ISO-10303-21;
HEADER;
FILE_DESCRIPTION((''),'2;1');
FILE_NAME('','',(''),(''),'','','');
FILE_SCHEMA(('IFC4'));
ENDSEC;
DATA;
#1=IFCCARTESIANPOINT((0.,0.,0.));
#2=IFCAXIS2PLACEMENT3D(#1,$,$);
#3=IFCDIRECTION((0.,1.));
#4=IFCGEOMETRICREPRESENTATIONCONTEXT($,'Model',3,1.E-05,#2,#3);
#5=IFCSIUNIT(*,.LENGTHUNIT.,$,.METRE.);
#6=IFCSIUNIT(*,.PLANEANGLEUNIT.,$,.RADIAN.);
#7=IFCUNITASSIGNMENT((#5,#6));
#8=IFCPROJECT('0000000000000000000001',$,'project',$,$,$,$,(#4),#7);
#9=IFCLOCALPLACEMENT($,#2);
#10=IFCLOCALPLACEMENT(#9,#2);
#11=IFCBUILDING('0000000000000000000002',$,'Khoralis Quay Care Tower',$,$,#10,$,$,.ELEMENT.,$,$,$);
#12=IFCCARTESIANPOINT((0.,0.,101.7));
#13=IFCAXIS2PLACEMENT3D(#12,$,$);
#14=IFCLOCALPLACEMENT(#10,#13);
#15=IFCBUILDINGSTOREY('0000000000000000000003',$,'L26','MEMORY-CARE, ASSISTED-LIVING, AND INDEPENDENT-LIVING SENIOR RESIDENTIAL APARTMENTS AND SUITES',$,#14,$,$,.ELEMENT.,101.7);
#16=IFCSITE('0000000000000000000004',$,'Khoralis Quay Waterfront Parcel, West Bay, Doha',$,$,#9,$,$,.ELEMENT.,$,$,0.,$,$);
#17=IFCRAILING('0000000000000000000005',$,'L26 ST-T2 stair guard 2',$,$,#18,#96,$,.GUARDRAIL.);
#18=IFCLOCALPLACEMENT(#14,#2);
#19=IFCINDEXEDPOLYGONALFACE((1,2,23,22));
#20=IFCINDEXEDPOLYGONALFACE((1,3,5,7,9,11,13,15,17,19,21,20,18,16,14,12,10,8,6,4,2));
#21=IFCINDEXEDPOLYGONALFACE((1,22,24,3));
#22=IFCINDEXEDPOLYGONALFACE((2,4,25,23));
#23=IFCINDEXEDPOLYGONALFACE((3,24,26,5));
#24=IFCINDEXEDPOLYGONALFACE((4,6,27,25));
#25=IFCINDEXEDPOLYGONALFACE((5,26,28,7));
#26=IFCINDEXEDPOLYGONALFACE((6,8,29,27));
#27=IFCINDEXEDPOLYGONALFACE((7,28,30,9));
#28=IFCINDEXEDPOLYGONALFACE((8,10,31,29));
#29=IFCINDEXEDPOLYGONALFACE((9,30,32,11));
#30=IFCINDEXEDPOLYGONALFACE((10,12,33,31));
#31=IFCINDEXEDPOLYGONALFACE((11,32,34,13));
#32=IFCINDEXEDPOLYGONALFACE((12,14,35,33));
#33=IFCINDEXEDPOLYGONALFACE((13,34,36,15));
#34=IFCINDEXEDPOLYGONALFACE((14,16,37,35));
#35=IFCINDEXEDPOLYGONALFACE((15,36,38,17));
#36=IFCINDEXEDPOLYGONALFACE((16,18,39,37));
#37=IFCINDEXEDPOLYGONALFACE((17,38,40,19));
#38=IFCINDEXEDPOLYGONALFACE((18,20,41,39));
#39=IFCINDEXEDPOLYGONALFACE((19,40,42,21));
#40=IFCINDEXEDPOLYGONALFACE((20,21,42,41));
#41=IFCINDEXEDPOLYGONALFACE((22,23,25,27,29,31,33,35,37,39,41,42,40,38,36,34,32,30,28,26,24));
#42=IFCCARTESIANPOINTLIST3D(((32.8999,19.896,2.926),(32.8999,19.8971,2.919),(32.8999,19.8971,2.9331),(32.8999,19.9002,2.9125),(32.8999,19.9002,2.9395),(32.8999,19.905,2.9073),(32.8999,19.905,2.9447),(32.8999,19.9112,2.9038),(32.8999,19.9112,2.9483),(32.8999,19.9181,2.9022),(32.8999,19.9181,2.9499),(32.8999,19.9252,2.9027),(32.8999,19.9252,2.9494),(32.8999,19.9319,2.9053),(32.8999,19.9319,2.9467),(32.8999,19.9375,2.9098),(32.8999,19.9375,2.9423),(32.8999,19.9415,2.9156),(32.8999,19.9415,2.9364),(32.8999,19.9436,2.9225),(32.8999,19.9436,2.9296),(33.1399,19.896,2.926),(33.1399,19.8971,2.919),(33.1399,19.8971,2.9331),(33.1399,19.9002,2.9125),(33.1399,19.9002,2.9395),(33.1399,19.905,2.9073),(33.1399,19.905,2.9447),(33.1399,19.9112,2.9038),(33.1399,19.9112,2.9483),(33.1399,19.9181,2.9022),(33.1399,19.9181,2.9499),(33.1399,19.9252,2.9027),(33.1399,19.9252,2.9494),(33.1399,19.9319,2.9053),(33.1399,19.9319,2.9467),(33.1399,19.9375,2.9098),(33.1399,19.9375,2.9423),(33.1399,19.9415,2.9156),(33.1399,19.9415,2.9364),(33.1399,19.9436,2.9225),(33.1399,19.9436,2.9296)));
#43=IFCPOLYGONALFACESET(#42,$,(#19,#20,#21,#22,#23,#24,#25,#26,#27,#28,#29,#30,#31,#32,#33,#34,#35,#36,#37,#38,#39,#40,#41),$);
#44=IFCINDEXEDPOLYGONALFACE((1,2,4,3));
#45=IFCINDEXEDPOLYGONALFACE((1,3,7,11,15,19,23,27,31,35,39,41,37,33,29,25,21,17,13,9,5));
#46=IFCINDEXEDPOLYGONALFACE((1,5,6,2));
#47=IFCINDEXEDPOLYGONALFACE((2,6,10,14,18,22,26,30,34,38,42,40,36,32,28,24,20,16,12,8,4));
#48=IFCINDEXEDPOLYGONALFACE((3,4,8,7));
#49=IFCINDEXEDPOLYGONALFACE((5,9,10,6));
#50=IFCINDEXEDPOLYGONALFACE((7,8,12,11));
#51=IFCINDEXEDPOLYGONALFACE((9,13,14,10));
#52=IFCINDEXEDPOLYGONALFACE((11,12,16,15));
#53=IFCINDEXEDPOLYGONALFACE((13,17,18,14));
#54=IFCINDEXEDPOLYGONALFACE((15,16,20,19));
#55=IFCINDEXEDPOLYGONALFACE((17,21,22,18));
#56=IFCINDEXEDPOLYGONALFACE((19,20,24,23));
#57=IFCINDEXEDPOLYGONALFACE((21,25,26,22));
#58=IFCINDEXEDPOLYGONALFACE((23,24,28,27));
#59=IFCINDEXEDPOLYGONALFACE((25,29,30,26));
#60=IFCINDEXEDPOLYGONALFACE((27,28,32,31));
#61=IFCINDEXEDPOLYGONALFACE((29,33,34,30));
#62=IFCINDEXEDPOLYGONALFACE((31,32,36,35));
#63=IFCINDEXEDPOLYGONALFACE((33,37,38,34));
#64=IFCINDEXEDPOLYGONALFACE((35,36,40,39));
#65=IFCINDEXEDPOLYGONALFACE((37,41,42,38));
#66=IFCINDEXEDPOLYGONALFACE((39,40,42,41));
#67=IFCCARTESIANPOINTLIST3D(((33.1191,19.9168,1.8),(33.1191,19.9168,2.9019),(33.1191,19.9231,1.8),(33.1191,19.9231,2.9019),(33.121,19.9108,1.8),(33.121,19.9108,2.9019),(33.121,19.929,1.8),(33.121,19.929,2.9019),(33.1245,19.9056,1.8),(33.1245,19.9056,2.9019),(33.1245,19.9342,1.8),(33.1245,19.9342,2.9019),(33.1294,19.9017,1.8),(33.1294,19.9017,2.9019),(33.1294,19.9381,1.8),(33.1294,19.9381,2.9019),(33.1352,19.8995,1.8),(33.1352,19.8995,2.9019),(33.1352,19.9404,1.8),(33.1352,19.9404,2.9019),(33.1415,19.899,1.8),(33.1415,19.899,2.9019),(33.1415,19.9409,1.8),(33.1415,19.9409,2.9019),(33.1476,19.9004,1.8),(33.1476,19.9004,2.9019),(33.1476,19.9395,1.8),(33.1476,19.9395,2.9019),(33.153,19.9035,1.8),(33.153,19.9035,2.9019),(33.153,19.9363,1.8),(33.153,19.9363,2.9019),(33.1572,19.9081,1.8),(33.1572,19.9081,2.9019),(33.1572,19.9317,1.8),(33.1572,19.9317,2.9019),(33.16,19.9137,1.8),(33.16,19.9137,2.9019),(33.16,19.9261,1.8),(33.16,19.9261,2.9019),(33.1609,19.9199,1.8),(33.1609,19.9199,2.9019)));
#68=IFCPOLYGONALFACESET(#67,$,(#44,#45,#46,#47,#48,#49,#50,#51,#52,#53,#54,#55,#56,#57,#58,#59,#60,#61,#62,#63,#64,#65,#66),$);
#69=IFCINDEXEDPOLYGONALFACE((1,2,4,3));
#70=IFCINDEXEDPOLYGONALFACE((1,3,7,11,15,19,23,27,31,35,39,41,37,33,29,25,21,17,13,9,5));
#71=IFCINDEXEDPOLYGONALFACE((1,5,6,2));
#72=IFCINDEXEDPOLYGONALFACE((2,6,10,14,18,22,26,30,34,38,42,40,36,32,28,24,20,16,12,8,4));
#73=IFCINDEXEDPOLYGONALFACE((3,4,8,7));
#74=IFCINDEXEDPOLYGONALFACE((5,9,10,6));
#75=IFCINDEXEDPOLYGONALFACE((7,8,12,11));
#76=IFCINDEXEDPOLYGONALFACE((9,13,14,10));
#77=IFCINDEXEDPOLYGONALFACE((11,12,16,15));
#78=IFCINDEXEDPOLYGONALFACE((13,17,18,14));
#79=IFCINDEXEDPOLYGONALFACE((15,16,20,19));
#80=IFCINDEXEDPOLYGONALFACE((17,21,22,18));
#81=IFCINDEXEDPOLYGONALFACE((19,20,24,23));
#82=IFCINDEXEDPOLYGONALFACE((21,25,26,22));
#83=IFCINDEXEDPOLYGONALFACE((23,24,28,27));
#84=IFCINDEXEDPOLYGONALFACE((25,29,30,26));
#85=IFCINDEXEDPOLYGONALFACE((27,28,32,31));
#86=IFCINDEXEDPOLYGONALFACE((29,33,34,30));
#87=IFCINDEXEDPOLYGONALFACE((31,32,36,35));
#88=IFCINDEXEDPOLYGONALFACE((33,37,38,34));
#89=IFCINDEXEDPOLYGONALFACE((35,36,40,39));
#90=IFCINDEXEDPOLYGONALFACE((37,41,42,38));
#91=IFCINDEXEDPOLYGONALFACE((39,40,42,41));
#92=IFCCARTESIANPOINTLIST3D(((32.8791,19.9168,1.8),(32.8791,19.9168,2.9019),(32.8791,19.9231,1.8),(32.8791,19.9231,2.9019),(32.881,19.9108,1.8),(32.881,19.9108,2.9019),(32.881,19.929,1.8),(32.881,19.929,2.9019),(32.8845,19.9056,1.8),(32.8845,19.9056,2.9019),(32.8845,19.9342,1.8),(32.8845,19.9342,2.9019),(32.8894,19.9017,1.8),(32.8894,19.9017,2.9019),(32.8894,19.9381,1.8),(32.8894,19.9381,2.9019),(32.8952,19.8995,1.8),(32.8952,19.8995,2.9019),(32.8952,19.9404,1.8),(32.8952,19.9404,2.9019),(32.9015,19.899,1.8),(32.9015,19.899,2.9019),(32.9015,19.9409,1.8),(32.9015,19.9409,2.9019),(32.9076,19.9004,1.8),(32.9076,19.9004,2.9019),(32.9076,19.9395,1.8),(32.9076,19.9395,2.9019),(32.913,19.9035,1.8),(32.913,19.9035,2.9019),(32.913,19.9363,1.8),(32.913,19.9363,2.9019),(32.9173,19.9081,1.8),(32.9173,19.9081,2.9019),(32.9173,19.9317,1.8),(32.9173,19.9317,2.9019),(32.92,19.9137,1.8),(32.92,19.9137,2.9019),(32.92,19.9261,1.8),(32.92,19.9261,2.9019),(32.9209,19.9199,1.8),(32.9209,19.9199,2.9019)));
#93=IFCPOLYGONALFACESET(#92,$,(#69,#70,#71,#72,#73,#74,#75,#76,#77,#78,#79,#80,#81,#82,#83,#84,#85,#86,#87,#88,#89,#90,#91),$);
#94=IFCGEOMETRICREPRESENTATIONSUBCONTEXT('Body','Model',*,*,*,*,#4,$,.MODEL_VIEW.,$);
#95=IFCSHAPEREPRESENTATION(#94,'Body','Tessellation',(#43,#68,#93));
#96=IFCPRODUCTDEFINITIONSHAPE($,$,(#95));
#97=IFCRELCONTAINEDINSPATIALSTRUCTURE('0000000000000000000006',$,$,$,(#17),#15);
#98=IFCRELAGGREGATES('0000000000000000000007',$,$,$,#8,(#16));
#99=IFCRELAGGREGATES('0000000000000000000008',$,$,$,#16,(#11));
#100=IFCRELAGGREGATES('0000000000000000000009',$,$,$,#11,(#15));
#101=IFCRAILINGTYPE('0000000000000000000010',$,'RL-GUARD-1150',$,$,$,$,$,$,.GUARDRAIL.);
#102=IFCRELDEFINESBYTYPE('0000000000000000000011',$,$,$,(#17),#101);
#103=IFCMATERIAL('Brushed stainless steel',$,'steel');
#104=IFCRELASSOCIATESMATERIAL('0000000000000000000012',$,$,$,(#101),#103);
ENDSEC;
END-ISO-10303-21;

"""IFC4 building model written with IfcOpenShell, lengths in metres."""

from ifc_helpers import new_model, si_unit, direction, frame, origin, origin_2d, place, context, subcontext, project, spatial, circle, extrude, material, type_object, element, save


model = new_model("IFC4")

# Units and contexts
model_context = context("Model", 3, precision=1e-05, world=origin(), true_north=direction((0.0, 1.0)))
body_context = subcontext(model_context, "Body", "Model", "MODEL_VIEW")
ifc_project = project(units=[si_unit("LENGTHUNIT", "METRE"), si_unit("PLANEANGLEUNIT", "RADIAN")], contexts=[model_context])

# Site, building, storey
site_placement = place(None, origin())
site = spatial("IfcSite", under=ifc_project, at=site_placement, Name="Khoralis Quay Waterfront Parcel, West Bay, Doha", CompositionType="ELEMENT", RefElevation=0.0)
building_placement = place(site_placement, origin())
building = spatial("IfcBuilding", under=site, at=building_placement, Name="Khoralis Quay Care Tower", CompositionType="ELEMENT")
storey_placement = place(building_placement, frame((0.0, 0.0, 101.7)))
storey = spatial("IfcBuildingStorey", under=building, at=storey_placement, Name="L26", Description="MEMORY-CARE, ASSISTED-LIVING, AND INDEPENDENT-LIVING SENIOR RESIDENTIAL APARTMENTS AND SUITES", CompositionType="ELEMENT", Elevation=101.7)

# Railing
ifc_material_1 = material(Name="Brushed stainless steel", Category="steel")
railing_type_1 = type_object("IfcRailingType", Name="RL-GUARD-1150", PredefinedType="GUARDRAIL", material=ifc_material_1)
railing_1_placement = place(storey_placement, frame((33.1399, 19.9199, 1.8)))
element("IfcRailing", 1, at=railing_1_placement, inside=storey, type_object=railing_type_1, Name="L26 ST-T2 stair guard 2", PredefinedType="GUARDRAIL", context=body_context, shape_type="SweptSolid", body=[
    extrude(circle(Radius=0.0239, at=origin_2d()), frame((0.0, 0.0, 1.126), z_axis=(-1.0, 0.0, 0.0), x_axis=(0.0, -1.0, 0.0)), (0.0, 0.0, 1.0), 0.24),
    extrude(circle(Radius=0.021, at=origin_2d()), origin(), (0.0, 0.0, 1.0), 1.1018),
    extrude(circle(Radius=0.021, at=origin_2d()), frame((-0.24, 0.0, 0.0)), (0.0, 0.0, 1.0), 1.1018),
])

save(model, "model.ifc")
